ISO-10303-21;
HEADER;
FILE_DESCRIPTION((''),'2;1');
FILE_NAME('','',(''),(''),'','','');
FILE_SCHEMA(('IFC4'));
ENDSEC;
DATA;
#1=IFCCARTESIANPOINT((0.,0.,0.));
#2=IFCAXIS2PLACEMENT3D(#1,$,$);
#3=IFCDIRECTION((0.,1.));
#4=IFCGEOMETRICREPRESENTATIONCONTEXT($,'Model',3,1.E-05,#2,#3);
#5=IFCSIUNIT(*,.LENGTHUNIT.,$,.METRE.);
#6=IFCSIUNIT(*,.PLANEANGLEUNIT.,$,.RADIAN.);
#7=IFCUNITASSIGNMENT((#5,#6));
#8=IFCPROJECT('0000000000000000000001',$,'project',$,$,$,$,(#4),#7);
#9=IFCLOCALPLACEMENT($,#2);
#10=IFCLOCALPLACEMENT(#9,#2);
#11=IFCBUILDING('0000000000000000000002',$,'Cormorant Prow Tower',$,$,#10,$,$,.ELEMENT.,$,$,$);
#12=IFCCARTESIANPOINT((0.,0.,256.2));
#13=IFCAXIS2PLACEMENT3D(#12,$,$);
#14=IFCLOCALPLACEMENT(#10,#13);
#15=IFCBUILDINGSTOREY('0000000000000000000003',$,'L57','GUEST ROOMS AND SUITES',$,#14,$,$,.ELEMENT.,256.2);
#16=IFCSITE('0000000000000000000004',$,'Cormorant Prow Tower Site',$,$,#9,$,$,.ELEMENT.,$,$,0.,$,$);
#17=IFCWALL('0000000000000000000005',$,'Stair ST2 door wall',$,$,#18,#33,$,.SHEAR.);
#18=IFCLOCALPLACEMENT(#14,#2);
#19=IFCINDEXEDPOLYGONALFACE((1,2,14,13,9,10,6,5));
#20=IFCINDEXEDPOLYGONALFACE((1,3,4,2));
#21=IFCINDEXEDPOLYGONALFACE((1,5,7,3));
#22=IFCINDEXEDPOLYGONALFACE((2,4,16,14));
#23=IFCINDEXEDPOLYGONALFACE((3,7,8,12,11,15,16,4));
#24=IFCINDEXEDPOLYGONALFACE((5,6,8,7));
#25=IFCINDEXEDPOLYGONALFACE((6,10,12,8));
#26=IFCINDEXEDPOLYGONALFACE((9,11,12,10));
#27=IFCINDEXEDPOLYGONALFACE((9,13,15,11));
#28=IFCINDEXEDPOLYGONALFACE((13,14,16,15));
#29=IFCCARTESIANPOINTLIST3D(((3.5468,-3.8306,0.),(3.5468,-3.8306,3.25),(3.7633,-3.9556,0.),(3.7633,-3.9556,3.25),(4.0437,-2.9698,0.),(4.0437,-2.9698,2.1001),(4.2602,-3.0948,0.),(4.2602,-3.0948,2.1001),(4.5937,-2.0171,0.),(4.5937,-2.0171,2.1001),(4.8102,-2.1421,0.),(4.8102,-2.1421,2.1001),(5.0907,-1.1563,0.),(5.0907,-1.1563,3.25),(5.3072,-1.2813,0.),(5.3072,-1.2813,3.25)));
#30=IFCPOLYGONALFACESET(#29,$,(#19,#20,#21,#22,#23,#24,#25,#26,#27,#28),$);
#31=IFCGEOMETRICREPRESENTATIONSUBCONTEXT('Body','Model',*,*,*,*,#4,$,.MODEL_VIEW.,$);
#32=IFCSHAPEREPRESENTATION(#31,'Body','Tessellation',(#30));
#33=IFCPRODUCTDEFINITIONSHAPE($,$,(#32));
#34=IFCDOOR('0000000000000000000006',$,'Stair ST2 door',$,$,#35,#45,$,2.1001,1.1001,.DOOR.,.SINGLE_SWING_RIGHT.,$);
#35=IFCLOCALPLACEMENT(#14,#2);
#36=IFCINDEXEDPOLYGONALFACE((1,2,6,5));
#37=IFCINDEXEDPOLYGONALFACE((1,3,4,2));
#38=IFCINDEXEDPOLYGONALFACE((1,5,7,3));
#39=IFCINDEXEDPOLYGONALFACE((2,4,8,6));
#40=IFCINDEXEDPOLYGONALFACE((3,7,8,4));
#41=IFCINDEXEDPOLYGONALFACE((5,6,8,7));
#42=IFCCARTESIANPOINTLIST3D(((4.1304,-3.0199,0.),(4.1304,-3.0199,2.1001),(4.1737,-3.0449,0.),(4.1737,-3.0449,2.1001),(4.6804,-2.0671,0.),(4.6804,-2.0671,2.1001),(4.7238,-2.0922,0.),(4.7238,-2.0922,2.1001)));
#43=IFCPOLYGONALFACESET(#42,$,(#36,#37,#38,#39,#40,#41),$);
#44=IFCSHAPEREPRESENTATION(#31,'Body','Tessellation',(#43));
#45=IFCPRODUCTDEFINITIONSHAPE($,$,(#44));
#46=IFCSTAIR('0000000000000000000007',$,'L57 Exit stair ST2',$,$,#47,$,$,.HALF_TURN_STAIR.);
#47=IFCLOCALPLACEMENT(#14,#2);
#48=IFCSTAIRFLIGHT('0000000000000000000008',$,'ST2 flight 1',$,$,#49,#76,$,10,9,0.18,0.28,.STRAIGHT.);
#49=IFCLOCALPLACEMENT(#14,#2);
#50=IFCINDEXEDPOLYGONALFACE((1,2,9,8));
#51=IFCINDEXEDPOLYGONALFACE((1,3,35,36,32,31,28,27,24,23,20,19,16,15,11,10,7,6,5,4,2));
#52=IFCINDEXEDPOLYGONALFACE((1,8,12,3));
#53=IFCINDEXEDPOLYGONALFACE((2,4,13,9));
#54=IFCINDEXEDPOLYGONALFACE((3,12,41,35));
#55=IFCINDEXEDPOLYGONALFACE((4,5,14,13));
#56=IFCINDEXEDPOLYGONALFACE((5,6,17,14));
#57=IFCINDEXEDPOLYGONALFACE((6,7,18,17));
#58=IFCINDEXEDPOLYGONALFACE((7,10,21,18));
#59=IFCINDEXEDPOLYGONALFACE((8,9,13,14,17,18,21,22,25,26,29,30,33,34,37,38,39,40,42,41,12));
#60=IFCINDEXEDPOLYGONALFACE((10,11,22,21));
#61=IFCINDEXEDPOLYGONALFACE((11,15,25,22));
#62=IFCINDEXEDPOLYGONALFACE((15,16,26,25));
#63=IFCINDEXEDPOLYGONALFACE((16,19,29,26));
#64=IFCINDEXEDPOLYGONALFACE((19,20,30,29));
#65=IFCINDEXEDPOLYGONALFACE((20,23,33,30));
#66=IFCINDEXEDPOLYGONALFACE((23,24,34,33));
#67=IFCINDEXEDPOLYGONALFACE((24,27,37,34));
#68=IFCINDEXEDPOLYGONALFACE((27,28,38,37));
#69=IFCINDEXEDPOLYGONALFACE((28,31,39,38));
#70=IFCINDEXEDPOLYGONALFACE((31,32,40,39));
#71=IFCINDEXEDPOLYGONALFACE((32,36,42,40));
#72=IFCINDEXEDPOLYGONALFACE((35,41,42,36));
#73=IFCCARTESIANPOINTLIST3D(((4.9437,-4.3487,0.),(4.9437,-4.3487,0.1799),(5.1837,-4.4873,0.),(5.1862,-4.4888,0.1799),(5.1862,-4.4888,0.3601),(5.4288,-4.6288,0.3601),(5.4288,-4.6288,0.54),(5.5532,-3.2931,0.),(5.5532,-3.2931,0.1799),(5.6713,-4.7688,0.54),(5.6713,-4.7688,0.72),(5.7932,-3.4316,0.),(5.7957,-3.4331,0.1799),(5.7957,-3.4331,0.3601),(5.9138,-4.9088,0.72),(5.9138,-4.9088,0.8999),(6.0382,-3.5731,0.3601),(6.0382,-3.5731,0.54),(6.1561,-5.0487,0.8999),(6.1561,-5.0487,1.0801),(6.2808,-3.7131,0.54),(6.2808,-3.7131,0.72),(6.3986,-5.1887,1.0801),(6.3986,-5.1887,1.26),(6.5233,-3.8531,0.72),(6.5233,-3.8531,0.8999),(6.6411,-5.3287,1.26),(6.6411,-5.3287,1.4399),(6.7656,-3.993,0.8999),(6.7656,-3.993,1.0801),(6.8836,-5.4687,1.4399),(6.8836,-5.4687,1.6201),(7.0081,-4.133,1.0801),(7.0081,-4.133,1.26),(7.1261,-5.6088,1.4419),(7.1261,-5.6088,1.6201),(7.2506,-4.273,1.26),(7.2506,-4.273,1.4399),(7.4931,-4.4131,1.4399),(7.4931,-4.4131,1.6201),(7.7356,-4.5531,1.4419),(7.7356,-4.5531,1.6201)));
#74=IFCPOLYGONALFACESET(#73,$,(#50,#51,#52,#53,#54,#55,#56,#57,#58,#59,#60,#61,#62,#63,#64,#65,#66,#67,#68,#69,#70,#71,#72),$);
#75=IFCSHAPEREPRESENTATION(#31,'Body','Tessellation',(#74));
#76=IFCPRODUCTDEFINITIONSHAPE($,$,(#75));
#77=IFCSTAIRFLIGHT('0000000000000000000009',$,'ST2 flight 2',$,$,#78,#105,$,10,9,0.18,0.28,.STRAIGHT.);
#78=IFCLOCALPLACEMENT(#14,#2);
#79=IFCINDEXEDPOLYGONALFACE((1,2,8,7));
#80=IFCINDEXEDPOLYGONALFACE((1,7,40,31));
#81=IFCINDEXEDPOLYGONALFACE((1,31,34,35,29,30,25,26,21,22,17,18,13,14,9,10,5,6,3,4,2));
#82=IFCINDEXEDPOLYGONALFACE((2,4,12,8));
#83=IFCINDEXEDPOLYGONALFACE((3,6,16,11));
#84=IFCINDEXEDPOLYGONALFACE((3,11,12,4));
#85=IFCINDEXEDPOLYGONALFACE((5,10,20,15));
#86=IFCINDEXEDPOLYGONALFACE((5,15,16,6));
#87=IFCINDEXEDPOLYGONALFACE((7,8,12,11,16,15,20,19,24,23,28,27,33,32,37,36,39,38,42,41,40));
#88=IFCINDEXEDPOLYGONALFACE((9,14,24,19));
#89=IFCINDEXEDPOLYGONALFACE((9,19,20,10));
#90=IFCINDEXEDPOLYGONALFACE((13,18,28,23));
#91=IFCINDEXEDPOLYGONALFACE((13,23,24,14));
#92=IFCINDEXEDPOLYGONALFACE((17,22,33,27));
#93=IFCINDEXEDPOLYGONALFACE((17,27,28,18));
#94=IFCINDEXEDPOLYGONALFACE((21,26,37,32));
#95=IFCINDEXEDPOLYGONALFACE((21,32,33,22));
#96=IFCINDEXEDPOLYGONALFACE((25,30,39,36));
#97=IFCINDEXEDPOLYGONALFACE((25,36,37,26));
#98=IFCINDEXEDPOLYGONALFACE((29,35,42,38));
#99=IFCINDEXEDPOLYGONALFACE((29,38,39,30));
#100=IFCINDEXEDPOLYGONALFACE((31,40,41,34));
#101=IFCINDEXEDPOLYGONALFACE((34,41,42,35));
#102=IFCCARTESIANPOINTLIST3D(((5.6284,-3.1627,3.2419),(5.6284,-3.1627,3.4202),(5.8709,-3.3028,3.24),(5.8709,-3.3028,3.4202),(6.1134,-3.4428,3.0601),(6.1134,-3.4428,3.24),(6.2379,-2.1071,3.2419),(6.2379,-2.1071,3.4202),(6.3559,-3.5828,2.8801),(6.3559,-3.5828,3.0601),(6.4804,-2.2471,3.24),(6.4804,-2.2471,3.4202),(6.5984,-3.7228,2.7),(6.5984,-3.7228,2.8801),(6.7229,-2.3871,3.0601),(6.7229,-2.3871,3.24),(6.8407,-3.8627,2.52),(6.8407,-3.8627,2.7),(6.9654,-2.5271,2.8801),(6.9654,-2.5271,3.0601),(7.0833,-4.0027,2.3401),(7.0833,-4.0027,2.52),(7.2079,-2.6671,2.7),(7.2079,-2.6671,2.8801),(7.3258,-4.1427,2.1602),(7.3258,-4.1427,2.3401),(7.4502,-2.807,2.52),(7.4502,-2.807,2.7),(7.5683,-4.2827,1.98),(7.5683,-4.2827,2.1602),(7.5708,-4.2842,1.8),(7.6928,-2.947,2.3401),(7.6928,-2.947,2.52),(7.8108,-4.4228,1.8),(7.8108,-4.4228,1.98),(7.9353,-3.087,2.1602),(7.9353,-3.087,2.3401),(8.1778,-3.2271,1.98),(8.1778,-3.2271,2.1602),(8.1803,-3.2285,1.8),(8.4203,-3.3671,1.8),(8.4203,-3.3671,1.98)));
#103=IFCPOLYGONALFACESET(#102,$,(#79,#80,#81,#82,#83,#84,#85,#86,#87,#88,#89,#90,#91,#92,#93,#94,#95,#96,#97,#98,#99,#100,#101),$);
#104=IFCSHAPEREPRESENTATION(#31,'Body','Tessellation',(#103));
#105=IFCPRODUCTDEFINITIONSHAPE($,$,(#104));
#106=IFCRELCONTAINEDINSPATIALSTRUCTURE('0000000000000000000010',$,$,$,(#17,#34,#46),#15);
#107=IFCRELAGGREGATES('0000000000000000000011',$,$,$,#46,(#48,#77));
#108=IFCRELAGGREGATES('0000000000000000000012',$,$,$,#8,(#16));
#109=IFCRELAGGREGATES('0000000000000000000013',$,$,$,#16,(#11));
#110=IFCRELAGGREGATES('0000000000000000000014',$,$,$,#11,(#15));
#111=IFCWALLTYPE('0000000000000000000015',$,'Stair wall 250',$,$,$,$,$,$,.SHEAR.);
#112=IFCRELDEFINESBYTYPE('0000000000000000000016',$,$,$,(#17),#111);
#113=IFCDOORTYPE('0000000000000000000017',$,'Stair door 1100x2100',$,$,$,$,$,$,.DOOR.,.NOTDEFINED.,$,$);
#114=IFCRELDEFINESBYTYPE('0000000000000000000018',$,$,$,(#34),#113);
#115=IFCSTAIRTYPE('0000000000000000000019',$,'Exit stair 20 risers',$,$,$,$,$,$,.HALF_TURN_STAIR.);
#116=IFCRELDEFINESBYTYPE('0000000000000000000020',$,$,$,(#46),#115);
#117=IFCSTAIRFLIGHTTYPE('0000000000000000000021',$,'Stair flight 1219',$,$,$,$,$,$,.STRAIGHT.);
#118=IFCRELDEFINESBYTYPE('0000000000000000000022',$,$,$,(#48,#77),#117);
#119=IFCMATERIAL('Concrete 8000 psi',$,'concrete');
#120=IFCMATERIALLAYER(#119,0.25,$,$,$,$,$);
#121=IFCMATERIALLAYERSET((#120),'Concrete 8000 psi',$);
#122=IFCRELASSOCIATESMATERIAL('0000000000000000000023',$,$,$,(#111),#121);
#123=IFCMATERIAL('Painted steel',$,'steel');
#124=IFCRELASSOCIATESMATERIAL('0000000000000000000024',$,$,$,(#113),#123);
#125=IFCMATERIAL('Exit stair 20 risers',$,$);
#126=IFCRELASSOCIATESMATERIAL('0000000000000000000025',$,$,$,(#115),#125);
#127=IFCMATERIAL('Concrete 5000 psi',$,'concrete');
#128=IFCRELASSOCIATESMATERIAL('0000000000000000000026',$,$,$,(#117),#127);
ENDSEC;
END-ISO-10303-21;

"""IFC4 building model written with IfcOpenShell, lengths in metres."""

from ifc_helpers import new_model, si_unit, direction, frame, frame_2d, origin, place, context, subcontext, project, spatial, polyline, rectangle, outline, extrude, material, layer, layer_set, type_object, element, fill, aggregate, save


model = new_model("IFC4")

# Units and contexts
model_context = context("Model", 3, precision=1e-05, world=origin(), true_north=direction((0.0, 1.0)))
body_context = subcontext(model_context, "Body", "Model", "MODEL_VIEW")
ifc_project = project(units=[si_unit("LENGTHUNIT", "METRE"), si_unit("PLANEANGLEUNIT", "RADIAN")], contexts=[model_context])

# Site, building, storey
site_placement = place(None, origin())
site = spatial("IfcSite", under=ifc_project, at=site_placement, Name="Cormorant Prow Tower Site", CompositionType="ELEMENT", RefElevation=0.0)
building_placement = place(site_placement, origin())
building = spatial("IfcBuilding", under=site, at=building_placement, Name="Cormorant Prow Tower", CompositionType="ELEMENT")
storey_placement = place(building_placement, frame((0.0, 0.0, 256.2)))
storey = spatial("IfcBuildingStorey", under=building, at=storey_placement, Name="L57", Description="GUEST ROOMS AND SUITES", CompositionType="ELEMENT", Elevation=256.2)

# Wall, opening, door
ifc_material_1 = material(Name="Concrete 8000 psi", Category="concrete")
ifc_layer_1 = layer(ifc_material_1, 0.25)
ifc_layer_set_1 = layer_set([ifc_layer_1], Name="Concrete 8000 psi")
wall_type_1 = type_object("IfcWallType", Name="Stair wall 250", PredefinedType="SHEAR", material=ifc_layer_set_1)
wall_1_placement = place(storey_placement, frame((3.655, -3.8931, 0.0), z_axis=(0.0, 0.0, 1.0), x_axis=(0.499983, 0.866035, 0.0)))
wall_1 = element("IfcWall", 1, at=wall_1_placement, inside=storey, type_object=wall_type_1, Name="Stair ST2 door wall", PredefinedType="SHEAR", context=body_context, shape_type="SweptSolid", body=[
    extrude(rectangle(XDim=3.0879, YDim=0.25, at=frame_2d((1.5439, 0.0))), origin(), (0.0, 0.0, 1.0), 3.25),
])
opening_1_placement = place(wall_1_placement, frame((0.9939, 0.0, 0.0)))
opening_1 = element("IfcOpeningElement", 2, at=opening_1_placement, cuts=wall_1, PredefinedType="OPENING", context=body_context, shape_type="SweptSolid", body=[
    extrude(rectangle(XDim=1.1001, YDim=2.1001, at=frame_2d((0.55, 1.05))), frame((0.0, 0.135, 0.0), z_axis=(0.0, -1.0, 0.0), x_axis=(1.0, 0.0, 0.0)), (0.0, 0.0, 1.0), 0.27),
])
ifc_material_2 = material(Name="Painted steel", Category="steel")
door_type_1 = type_object("IfcDoorType", Name="Stair door 1100x2100", OperationType="NOTDEFINED", PredefinedType="DOOR", material=ifc_material_2)
door_1_placement = place(opening_1_placement, origin())
door_1 = element("IfcDoor", 3, at=door_1_placement, inside=storey, type_object=door_type_1, Name="Stair ST2 door", OperationType="SINGLE_SWING_RIGHT", OverallHeight=2.1001, OverallWidth=1.1001, PredefinedType="DOOR", context=body_context, shape_type="SweptSolid", body=[
    extrude(rectangle(XDim=1.1001, YDim=2.1001, at=frame_2d((0.55, 1.05))), frame((0.0, 0.0249, 0.0), z_axis=(0.0, -1.0, 0.0), x_axis=(1.0, 0.0, 0.0)), (0.0, 0.0, 1.0), 0.05),
])
fill(opening_1, door_1)

# Stair, stair flights
ifc_material_3 = material(Name="Exit stair 20 risers")
stair_type = type_object("IfcStairType", Name="Exit stair 20 risers", PredefinedType="HALF_TURN_STAIR", material=ifc_material_3)
stair_placement = place(storey_placement, origin())
stair = element("IfcStair", 4, at=stair_placement, inside=storey, type_object=stair_type, Name="L57 Exit stair ST2", PredefinedType="HALF_TURN_STAIR")
ifc_material_4 = material(Name="Concrete 5000 psi", Category="concrete")
stair_flight_type = type_object("IfcStairFlightType", Name="Stair flight 1219", PredefinedType="STRAIGHT", material=ifc_material_4)
stair_flight_1_placement = place(storey_placement, frame((5.2485, -3.8208, 0.0), z_axis=(0.0, 0.0, 1.0), x_axis=(0.866025, -0.5, 0.0)))
stair_flight_1 = element("IfcStairFlight", 5, at=stair_flight_1_placement, type_object=stair_flight_type, Name="ST2 flight 1", NumberOfRisers=10, NumberOfTreads=9, PredefinedType="STRAIGHT", RiserHeight=0.18, TreadLength=0.28, context=body_context, shape_type="SweptSolid", body=[
    extrude(outline(polyline([(0.0, 0.0), (0.0, 0.1799), (0.28, 0.1799), (0.28, 0.3601), (0.5601, 0.3601), (0.5601, 0.54), (0.8401, 0.54), (0.8401, 0.72), (1.1201, 0.72), (1.1201, 0.8999), (1.3999, 0.8999), (1.3999, 1.0801), (1.6799, 1.0801), (1.6799, 1.26), (1.96, 1.26), (1.96, 1.4399), (2.24, 1.4399), (2.24, 1.6201), (2.52, 1.6201), (2.52, 1.8), (2.52, 1.4419), (0.2771, 0.0), (0.0, 0.0)])), frame((0.0, 0.6094, 0.0), z_axis=(0.0, -1.0, 0.0), x_axis=(1.0, 0.0, 0.0)), (0.0, 0.0, 1.0), 1.219),
])
stair_flight_2_placement = place(storey_placement, frame((8.1155, -3.895, 1.8), z_axis=(0.0, 0.0, 1.0), x_axis=(-0.866025, 0.5, 0.0)))
stair_flight_2 = element("IfcStairFlight", 6, at=stair_flight_2_placement, type_object=stair_flight_type, Name="ST2 flight 2", NumberOfRisers=10, NumberOfTreads=9, PredefinedType="STRAIGHT", RiserHeight=0.18, TreadLength=0.28, context=body_context, shape_type="SweptSolid", body=[
    extrude(outline(polyline([(0.0, 0.0), (0.0, 0.1799), (0.28, 0.1799), (0.28, 0.3601), (0.5601, 0.3601), (0.5601, 0.54), (0.8401, 0.54), (0.8401, 0.72), (1.1201, 0.72), (1.1201, 0.8999), (1.3999, 0.8999), (1.3999, 1.0801), (1.6799, 1.0801), (1.6799, 1.26), (1.96, 1.26), (1.96, 1.4399), (2.24, 1.4399), (2.24, 1.6201), (2.52, 1.6201), (2.52, 1.8), (2.52, 1.4419), (0.2771, 0.0), (0.0, 0.0)])), frame((0.0, 0.6094, 0.0), z_axis=(0.0, -1.0, 0.0), x_axis=(1.0, 0.0, 0.0)), (0.0, 0.0, 1.0), 1.219),
])
aggregate(stair, [stair_flight_1, stair_flight_2])

save(model, "model.ifc")
